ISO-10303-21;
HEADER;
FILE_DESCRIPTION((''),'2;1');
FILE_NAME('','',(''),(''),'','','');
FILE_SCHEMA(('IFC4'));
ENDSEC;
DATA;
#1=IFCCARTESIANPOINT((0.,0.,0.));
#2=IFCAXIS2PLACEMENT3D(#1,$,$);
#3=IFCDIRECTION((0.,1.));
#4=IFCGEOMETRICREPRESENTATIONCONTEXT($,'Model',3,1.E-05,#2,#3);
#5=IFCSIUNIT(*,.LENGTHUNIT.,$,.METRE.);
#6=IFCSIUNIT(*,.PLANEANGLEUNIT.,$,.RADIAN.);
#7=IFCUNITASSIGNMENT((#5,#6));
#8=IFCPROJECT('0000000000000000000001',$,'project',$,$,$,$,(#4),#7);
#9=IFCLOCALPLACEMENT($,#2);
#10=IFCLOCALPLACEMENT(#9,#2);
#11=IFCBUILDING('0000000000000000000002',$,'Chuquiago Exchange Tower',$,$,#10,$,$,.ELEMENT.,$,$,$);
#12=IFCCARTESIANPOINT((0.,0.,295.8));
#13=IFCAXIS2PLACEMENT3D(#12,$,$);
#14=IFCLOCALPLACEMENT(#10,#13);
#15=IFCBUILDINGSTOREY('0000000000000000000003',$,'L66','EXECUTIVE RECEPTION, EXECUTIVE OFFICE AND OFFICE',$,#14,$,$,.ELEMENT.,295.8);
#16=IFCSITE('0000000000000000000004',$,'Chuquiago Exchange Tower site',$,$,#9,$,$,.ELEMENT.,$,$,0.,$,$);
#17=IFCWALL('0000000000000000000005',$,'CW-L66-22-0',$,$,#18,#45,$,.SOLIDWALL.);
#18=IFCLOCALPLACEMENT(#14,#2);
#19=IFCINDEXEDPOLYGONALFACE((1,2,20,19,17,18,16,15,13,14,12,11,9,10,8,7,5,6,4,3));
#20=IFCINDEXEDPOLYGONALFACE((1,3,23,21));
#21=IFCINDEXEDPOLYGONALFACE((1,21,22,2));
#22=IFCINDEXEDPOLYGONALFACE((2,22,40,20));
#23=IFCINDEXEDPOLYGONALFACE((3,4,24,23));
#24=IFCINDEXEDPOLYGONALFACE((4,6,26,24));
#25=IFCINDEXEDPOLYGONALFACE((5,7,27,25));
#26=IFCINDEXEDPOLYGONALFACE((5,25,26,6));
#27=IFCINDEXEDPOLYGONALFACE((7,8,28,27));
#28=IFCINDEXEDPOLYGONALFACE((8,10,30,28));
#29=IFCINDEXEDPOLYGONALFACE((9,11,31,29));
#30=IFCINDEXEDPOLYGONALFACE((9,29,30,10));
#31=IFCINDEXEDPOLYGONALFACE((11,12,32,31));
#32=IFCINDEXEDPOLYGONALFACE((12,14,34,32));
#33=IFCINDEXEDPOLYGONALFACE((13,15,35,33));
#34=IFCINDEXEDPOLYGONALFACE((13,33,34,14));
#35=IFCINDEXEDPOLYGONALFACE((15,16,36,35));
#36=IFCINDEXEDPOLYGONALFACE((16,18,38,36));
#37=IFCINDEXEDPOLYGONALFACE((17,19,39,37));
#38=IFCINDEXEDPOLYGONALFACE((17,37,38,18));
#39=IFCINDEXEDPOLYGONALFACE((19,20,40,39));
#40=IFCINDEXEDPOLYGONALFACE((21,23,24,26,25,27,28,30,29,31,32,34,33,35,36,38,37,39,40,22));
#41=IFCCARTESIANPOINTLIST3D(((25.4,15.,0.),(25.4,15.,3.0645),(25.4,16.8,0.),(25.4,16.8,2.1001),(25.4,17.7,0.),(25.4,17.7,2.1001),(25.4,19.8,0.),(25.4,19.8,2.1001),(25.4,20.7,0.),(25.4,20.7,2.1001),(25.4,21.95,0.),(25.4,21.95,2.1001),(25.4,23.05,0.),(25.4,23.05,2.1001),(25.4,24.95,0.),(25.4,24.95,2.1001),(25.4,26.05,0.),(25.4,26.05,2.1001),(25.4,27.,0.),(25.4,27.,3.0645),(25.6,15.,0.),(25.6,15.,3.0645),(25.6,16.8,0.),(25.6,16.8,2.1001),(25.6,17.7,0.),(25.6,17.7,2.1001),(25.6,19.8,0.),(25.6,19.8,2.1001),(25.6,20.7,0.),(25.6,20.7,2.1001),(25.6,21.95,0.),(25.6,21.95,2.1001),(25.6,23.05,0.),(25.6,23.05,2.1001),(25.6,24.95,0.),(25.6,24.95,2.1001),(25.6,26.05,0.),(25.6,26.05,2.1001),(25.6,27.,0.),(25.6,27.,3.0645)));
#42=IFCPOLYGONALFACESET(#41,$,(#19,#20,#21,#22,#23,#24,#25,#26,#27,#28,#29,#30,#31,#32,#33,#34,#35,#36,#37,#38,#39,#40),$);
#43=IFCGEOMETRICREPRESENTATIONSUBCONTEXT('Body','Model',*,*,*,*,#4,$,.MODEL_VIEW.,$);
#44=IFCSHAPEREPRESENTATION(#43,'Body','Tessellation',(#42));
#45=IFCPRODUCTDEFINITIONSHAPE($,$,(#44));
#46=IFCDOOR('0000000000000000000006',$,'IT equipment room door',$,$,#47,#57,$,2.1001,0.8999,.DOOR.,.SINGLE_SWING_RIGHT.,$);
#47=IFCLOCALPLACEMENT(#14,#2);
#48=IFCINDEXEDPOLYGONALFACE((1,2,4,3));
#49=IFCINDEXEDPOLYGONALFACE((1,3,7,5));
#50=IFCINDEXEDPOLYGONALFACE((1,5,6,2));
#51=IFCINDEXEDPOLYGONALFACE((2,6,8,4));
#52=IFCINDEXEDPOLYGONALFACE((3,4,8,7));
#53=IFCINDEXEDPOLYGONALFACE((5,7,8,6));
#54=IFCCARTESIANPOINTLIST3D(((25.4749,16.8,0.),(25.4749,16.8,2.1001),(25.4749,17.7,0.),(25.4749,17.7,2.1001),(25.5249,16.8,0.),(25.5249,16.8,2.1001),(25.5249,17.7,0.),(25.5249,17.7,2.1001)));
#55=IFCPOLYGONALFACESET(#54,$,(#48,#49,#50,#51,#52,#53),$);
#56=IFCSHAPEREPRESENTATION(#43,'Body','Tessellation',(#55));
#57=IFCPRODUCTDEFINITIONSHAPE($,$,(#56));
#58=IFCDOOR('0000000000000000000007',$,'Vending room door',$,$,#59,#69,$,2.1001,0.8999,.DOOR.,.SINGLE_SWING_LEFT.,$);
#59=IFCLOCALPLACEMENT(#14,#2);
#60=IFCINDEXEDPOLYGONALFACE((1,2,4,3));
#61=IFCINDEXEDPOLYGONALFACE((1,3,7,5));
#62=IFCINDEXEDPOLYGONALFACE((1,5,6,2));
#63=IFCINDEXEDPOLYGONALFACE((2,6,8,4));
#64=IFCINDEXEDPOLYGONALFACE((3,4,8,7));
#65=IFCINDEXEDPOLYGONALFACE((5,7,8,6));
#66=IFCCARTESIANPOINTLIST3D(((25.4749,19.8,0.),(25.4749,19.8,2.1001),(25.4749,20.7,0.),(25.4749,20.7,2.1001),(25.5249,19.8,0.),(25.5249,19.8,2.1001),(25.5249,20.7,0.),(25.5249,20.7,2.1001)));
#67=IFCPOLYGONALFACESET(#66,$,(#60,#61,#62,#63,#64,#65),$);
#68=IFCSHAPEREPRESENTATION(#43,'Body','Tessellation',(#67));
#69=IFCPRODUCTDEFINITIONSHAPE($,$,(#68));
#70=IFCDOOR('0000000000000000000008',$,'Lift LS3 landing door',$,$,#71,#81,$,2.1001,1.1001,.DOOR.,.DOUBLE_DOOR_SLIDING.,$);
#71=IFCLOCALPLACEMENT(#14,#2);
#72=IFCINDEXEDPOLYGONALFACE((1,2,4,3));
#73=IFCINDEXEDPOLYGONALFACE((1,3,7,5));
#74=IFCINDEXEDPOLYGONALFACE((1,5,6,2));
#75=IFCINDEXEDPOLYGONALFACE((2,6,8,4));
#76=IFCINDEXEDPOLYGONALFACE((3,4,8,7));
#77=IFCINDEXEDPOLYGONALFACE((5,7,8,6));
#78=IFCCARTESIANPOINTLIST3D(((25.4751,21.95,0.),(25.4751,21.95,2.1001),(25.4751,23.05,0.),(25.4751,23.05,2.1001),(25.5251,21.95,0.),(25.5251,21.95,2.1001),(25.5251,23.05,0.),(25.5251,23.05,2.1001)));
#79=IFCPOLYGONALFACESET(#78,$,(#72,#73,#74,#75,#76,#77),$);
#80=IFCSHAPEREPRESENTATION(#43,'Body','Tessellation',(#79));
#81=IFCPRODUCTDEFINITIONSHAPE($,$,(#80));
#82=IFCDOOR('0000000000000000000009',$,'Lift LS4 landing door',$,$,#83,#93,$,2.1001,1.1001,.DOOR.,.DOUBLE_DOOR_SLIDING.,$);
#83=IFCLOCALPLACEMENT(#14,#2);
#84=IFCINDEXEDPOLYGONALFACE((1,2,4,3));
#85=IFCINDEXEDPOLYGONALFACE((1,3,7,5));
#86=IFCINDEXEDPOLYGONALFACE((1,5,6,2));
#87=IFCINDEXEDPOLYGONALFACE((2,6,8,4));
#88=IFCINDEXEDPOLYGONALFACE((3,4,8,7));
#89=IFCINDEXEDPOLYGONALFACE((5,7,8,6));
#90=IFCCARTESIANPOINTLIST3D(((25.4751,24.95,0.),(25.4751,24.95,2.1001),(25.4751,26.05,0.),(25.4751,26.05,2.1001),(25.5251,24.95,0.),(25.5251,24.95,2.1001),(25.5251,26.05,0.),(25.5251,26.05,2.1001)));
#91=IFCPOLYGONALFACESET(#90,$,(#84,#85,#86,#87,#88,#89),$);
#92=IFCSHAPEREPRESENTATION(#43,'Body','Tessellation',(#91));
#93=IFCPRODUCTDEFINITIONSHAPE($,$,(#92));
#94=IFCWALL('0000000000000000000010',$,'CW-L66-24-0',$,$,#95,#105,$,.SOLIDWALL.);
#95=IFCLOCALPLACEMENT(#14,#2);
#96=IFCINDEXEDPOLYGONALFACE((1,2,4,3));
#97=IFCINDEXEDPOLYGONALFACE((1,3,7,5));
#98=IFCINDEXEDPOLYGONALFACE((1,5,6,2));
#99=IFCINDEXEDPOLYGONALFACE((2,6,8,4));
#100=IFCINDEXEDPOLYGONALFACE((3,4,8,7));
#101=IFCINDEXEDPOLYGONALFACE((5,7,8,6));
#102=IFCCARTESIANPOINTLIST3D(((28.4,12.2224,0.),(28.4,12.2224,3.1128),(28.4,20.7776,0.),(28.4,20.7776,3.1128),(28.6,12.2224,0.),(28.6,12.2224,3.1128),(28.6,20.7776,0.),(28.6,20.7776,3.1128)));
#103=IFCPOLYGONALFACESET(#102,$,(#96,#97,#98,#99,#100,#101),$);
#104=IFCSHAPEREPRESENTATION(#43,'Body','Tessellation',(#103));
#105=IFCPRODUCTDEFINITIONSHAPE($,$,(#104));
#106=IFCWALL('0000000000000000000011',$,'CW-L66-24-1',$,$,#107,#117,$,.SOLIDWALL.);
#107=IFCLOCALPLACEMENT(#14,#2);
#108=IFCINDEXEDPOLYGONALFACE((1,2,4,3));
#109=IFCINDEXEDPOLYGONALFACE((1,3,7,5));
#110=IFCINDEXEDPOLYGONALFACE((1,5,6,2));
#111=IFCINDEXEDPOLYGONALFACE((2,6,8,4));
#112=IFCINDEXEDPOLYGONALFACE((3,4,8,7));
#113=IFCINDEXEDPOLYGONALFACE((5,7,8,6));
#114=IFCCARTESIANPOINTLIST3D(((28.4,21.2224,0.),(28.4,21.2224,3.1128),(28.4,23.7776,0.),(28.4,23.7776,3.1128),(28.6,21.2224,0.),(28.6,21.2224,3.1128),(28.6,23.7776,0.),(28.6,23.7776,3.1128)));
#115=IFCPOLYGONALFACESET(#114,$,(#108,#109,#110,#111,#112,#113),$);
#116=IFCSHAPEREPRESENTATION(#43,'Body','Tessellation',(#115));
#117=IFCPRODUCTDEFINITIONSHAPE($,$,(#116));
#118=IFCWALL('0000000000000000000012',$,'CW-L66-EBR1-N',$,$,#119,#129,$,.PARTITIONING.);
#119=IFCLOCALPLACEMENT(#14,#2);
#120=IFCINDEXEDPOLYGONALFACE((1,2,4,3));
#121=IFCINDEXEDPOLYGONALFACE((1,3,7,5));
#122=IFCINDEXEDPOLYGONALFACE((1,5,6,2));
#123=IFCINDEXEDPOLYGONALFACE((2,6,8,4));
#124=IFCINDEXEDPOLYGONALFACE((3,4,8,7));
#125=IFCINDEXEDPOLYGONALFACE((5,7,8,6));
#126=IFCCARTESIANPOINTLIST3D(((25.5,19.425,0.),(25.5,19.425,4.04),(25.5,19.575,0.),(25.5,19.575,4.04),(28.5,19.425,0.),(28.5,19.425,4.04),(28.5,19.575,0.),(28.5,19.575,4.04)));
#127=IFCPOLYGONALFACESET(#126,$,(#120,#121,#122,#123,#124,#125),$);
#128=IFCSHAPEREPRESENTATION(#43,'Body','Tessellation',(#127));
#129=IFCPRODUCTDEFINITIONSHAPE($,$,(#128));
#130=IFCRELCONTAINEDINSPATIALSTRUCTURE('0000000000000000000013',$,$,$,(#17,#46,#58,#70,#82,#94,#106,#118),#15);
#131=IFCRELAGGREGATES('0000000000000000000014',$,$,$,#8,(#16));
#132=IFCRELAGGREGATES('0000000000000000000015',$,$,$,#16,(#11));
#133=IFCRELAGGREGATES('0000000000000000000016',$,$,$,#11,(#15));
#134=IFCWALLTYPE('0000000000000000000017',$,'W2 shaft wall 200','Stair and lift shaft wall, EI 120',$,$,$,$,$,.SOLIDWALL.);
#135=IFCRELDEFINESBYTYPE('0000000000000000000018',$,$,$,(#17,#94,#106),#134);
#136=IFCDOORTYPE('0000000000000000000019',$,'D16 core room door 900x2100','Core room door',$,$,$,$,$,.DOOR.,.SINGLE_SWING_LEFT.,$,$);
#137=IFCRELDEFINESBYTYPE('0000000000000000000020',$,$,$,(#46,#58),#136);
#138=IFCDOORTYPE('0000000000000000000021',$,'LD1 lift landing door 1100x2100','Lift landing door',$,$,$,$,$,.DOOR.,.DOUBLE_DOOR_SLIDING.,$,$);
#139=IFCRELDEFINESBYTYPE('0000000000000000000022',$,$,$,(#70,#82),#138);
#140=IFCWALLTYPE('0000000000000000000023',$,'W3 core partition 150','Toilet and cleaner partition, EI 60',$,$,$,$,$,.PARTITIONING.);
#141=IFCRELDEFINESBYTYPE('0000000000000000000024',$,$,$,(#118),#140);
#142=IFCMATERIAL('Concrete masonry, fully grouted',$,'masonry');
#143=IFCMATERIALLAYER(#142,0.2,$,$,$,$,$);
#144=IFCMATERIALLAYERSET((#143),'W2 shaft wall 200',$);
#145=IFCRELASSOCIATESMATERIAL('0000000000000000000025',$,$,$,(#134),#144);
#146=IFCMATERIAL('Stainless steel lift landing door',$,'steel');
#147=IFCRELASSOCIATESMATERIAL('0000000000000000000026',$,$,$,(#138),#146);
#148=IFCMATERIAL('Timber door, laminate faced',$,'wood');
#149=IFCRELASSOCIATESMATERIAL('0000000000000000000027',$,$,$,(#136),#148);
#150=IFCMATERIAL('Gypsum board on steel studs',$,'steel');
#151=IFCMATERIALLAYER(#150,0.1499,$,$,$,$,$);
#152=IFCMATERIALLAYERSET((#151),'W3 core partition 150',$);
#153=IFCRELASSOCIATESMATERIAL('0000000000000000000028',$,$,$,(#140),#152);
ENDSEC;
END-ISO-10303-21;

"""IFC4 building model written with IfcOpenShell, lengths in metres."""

from ifc_helpers import new_model, si_unit, direction, frame, frame_2d, origin, place, context, subcontext, project, spatial, rectangle, extrude, material, layer, layer_set, type_object, element, fill, save


model = new_model("IFC4")

# Units and contexts
model_context = context("Model", 3, precision=1e-05, world=origin(), true_north=direction((0.0, 1.0)))
body_context = subcontext(model_context, "Body", "Model", "MODEL_VIEW")
ifc_project = project(units=[si_unit("LENGTHUNIT", "METRE"), si_unit("PLANEANGLEUNIT", "RADIAN")], contexts=[model_context])

# Site, building, storey
site_placement = place(None, origin())
site = spatial("IfcSite", under=ifc_project, at=site_placement, Name="Chuquiago Exchange Tower site", CompositionType="ELEMENT", RefElevation=0.0)
building_placement = place(site_placement, origin())
building = spatial("IfcBuilding", under=site, at=building_placement, Name="Chuquiago Exchange Tower", CompositionType="ELEMENT")
storey_placement = place(building_placement, frame((0.0, 0.0, 295.8)))
storey = spatial("IfcBuildingStorey", under=building, at=storey_placement, Name="L66", Description="EXECUTIVE RECEPTION, EXECUTIVE OFFICE AND OFFICE", CompositionType="ELEMENT", Elevation=295.8)

# Shared definitions
ifc_material_1 = material(Name="Concrete masonry, fully grouted", Category="masonry")
ifc_layer_1 = layer(ifc_material_1, 0.2)
ifc_layer_set_1 = layer_set([ifc_layer_1], Name="W2 shaft wall 200")
wall_type_1 = type_object("IfcWallType", Name="W2 shaft wall 200", Description="Stair and lift shaft wall, EI 120", PredefinedType="SOLIDWALL", material=ifc_layer_set_1)

# Wall, openings, doors
ifc_material_2 = material(Name="Stainless steel lift landing door", Category="steel")
door_type_1 = type_object("IfcDoorType", Name="LD1 lift landing door 1100x2100", Description="Lift landing door", OperationType="DOUBLE_DOOR_SLIDING", PredefinedType="DOOR", material=ifc_material_2)
wall_1_placement = place(storey_placement, frame((25.5, 15.0, 0.0), z_axis=(0.0, 0.0, 1.0), x_axis=(0.0, 1.0, 0.0)))
wall_1 = element("IfcWall", 1, at=wall_1_placement, inside=storey, type_object=wall_type_1, Name="CW-L66-22-0", PredefinedType="SOLIDWALL", context=body_context, shape_type="SweptSolid", body=[
    extrude(rectangle(XDim=12.0, YDim=0.2, at=frame_2d((6.0, 0.0))), origin(), (0.0, 0.0, 1.0), 3.0645),
])
opening_1_placement = place(wall_1_placement, frame((1.8, 0.0, 0.0)))
opening_1 = element("IfcOpeningElement", 2, at=opening_1_placement, cuts=wall_1, PredefinedType="OPENING", context=body_context, shape_type="SweptSolid", body=[
    extrude(rectangle(XDim=0.8999, YDim=2.1001, at=frame_2d((0.45, 1.05))), frame((0.0, 0.1099, 0.0), z_axis=(0.0, -1.0, 0.0), x_axis=(1.0, 0.0, 0.0)), (0.0, 0.0, 1.0), 0.22),
])
opening_2_placement = place(wall_1_placement, frame((4.8, 0.0, 0.0)))
opening_2 = element("IfcOpeningElement", 3, at=opening_2_placement, cuts=wall_1, PredefinedType="OPENING", context=body_context, shape_type="SweptSolid", body=[
    extrude(rectangle(XDim=0.8999, YDim=2.1001, at=frame_2d((0.45, 1.05))), frame((0.0, 0.1099, 0.0), z_axis=(0.0, -1.0, 0.0), x_axis=(1.0, 0.0, 0.0)), (0.0, 0.0, 1.0), 0.22),
])
opening_3_placement = place(wall_1_placement, frame((6.95, 0.0, 0.0)))
opening_3 = element("IfcOpeningElement", 4, at=opening_3_placement, cuts=wall_1, PredefinedType="OPENING", context=body_context, shape_type="SweptSolid", body=[
    extrude(rectangle(XDim=1.1001, YDim=2.1001, at=frame_2d((0.55, 1.05))), frame((0.0, 0.1099, 0.0), z_axis=(0.0, -1.0, 0.0), x_axis=(1.0, 0.0, 0.0)), (0.0, 0.0, 1.0), 0.22),
])
opening_4_placement = place(wall_1_placement, frame((9.95, 0.0, 0.0)))
opening_4 = element("IfcOpeningElement", 5, at=opening_4_placement, cuts=wall_1, PredefinedType="OPENING", context=body_context, shape_type="SweptSolid", body=[
    extrude(rectangle(XDim=1.1001, YDim=2.1001, at=frame_2d((0.55, 1.05))), frame((0.0, 0.1099, 0.0), z_axis=(0.0, -1.0, 0.0), x_axis=(1.0, 0.0, 0.0)), (0.0, 0.0, 1.0), 0.22),
])
ifc_material_3 = material(Name="Timber door, laminate faced", Category="wood")
door_type_2 = type_object("IfcDoorType", Name="D16 core room door 900x2100", Description="Core room door", OperationType="SINGLE_SWING_LEFT", PredefinedType="DOOR", material=ifc_material_3)
door_1_placement = place(opening_1_placement, frame((0.8999, 0.0, 0.0), z_axis=(0.0, 0.0, 1.0), x_axis=(-1.0, 0.0, 0.0)))
door_1 = element("IfcDoor", 6, at=door_1_placement, inside=storey, type_object=door_type_2, Name="IT equipment room door", OperationType="SINGLE_SWING_RIGHT", OverallHeight=2.1001, OverallWidth=0.8999, PredefinedType="DOOR", context=body_context, shape_type="SweptSolid", body=[
    extrude(rectangle(XDim=0.8999, YDim=2.1001, at=frame_2d((0.45, 1.05))), frame((0.0, 0.0249, 0.0), z_axis=(0.0, -1.0, 0.0), x_axis=(1.0, 0.0, 0.0)), (0.0, 0.0, 1.0), 0.05),
])
fill(opening_1, door_1)
door_2_placement = place(opening_2_placement, frame((0.8999, 0.0, 0.0), z_axis=(0.0, 0.0, 1.0), x_axis=(-1.0, 0.0, 0.0)))
door_2 = element("IfcDoor", 7, at=door_2_placement, inside=storey, type_object=door_type_2, Name="Vending room door", OperationType="SINGLE_SWING_LEFT", OverallHeight=2.1001, OverallWidth=0.8999, PredefinedType="DOOR", context=body_context, shape_type="SweptSolid", body=[
    extrude(rectangle(XDim=0.8999, YDim=2.1001, at=frame_2d((0.45, 1.05))), frame((0.0, 0.0249, 0.0), z_axis=(0.0, -1.0, 0.0), x_axis=(1.0, 0.0, 0.0)), (0.0, 0.0, 1.0), 0.05),
])
fill(opening_2, door_2)
door_3_placement = place(opening_3_placement, origin())
door_3 = element("IfcDoor", 8, at=door_3_placement, inside=storey, type_object=door_type_1, Name="Lift LS3 landing door", OperationType="DOUBLE_DOOR_SLIDING", OverallHeight=2.1001, OverallWidth=1.1001, PredefinedType="DOOR", context=body_context, shape_type="SweptSolid", body=[
    extrude(rectangle(XDim=1.1001, YDim=2.1001, at=frame_2d((0.55, 1.05))), frame((0.0, 0.0249, 0.0), z_axis=(0.0, -1.0, 0.0), x_axis=(1.0, 0.0, 0.0)), (0.0, 0.0, 1.0), 0.05),
])
fill(opening_3, door_3)
door_4_placement = place(opening_4_placement, origin())
door_4 = element("IfcDoor", 9, at=door_4_placement, inside=storey, type_object=door_type_1, Name="Lift LS4 landing door", OperationType="DOUBLE_DOOR_SLIDING", OverallHeight=2.1001, OverallWidth=1.1001, PredefinedType="DOOR", context=body_context, shape_type="SweptSolid", body=[
    extrude(rectangle(XDim=1.1001, YDim=2.1001, at=frame_2d((0.55, 1.05))), frame((0.0, 0.0249, 0.0), z_axis=(0.0, -1.0, 0.0), x_axis=(1.0, 0.0, 0.0)), (0.0, 0.0, 1.0), 0.05),
])
fill(opening_4, door_4)

# Walls
wall_2_placement = place(storey_placement, frame((28.5, 12.2224, 0.0), z_axis=(0.0, 0.0, 1.0), x_axis=(0.0, 1.0, 0.0)))
element("IfcWall", 10, at=wall_2_placement, inside=storey, type_object=wall_type_1, Name="CW-L66-24-0", PredefinedType="SOLIDWALL", context=body_context, shape_type="SweptSolid", body=[
    extrude(rectangle(XDim=8.5552, YDim=0.2, at=frame_2d((4.2776, 0.0))), origin(), (0.0, 0.0, 1.0), 3.1128),
])
wall_3_placement = place(storey_placement, frame((28.5, 21.2224, 0.0), z_axis=(0.0, 0.0, 1.0), x_axis=(0.0, 1.0, 0.0)))
element("IfcWall", 11, at=wall_3_placement, inside=storey, type_object=wall_type_1, Name="CW-L66-24-1", PredefinedType="SOLIDWALL", context=body_context, shape_type="SweptSolid", body=[
    extrude(rectangle(XDim=2.5552, YDim=0.2, at=frame_2d((1.2776, 0.0))), origin(), (0.0, 0.0, 1.0), 3.1128),
])
ifc_material_4 = material(Name="Gypsum board on steel studs", Category="steel")
ifc_layer_2 = layer(ifc_material_4, 0.1499)
ifc_layer_set_2 = layer_set([ifc_layer_2], Name="W3 core partition 150")
wall_type_2 = type_object("IfcWallType", Name="W3 core partition 150", Description="Toilet and cleaner partition, EI 60", PredefinedType="PARTITIONING", material=ifc_layer_set_2)
wall_4_placement = place(storey_placement, frame((25.5, 19.5, 0.0), z_axis=(0.0, 0.0, 1.0), x_axis=(1.0, 0.0, 0.0)))
element("IfcWall", 12, at=wall_4_placement, inside=storey, type_object=wall_type_2, Name="CW-L66-EBR1-N", PredefinedType="PARTITIONING", context=body_context, shape_type="SweptSolid", body=[
    extrude(rectangle(XDim=3.0, YDim=0.1499, at=frame_2d((1.5, 0.0))), origin(), (0.0, 0.0, 1.0), 4.04),
])

save(model, "model.ifc")
